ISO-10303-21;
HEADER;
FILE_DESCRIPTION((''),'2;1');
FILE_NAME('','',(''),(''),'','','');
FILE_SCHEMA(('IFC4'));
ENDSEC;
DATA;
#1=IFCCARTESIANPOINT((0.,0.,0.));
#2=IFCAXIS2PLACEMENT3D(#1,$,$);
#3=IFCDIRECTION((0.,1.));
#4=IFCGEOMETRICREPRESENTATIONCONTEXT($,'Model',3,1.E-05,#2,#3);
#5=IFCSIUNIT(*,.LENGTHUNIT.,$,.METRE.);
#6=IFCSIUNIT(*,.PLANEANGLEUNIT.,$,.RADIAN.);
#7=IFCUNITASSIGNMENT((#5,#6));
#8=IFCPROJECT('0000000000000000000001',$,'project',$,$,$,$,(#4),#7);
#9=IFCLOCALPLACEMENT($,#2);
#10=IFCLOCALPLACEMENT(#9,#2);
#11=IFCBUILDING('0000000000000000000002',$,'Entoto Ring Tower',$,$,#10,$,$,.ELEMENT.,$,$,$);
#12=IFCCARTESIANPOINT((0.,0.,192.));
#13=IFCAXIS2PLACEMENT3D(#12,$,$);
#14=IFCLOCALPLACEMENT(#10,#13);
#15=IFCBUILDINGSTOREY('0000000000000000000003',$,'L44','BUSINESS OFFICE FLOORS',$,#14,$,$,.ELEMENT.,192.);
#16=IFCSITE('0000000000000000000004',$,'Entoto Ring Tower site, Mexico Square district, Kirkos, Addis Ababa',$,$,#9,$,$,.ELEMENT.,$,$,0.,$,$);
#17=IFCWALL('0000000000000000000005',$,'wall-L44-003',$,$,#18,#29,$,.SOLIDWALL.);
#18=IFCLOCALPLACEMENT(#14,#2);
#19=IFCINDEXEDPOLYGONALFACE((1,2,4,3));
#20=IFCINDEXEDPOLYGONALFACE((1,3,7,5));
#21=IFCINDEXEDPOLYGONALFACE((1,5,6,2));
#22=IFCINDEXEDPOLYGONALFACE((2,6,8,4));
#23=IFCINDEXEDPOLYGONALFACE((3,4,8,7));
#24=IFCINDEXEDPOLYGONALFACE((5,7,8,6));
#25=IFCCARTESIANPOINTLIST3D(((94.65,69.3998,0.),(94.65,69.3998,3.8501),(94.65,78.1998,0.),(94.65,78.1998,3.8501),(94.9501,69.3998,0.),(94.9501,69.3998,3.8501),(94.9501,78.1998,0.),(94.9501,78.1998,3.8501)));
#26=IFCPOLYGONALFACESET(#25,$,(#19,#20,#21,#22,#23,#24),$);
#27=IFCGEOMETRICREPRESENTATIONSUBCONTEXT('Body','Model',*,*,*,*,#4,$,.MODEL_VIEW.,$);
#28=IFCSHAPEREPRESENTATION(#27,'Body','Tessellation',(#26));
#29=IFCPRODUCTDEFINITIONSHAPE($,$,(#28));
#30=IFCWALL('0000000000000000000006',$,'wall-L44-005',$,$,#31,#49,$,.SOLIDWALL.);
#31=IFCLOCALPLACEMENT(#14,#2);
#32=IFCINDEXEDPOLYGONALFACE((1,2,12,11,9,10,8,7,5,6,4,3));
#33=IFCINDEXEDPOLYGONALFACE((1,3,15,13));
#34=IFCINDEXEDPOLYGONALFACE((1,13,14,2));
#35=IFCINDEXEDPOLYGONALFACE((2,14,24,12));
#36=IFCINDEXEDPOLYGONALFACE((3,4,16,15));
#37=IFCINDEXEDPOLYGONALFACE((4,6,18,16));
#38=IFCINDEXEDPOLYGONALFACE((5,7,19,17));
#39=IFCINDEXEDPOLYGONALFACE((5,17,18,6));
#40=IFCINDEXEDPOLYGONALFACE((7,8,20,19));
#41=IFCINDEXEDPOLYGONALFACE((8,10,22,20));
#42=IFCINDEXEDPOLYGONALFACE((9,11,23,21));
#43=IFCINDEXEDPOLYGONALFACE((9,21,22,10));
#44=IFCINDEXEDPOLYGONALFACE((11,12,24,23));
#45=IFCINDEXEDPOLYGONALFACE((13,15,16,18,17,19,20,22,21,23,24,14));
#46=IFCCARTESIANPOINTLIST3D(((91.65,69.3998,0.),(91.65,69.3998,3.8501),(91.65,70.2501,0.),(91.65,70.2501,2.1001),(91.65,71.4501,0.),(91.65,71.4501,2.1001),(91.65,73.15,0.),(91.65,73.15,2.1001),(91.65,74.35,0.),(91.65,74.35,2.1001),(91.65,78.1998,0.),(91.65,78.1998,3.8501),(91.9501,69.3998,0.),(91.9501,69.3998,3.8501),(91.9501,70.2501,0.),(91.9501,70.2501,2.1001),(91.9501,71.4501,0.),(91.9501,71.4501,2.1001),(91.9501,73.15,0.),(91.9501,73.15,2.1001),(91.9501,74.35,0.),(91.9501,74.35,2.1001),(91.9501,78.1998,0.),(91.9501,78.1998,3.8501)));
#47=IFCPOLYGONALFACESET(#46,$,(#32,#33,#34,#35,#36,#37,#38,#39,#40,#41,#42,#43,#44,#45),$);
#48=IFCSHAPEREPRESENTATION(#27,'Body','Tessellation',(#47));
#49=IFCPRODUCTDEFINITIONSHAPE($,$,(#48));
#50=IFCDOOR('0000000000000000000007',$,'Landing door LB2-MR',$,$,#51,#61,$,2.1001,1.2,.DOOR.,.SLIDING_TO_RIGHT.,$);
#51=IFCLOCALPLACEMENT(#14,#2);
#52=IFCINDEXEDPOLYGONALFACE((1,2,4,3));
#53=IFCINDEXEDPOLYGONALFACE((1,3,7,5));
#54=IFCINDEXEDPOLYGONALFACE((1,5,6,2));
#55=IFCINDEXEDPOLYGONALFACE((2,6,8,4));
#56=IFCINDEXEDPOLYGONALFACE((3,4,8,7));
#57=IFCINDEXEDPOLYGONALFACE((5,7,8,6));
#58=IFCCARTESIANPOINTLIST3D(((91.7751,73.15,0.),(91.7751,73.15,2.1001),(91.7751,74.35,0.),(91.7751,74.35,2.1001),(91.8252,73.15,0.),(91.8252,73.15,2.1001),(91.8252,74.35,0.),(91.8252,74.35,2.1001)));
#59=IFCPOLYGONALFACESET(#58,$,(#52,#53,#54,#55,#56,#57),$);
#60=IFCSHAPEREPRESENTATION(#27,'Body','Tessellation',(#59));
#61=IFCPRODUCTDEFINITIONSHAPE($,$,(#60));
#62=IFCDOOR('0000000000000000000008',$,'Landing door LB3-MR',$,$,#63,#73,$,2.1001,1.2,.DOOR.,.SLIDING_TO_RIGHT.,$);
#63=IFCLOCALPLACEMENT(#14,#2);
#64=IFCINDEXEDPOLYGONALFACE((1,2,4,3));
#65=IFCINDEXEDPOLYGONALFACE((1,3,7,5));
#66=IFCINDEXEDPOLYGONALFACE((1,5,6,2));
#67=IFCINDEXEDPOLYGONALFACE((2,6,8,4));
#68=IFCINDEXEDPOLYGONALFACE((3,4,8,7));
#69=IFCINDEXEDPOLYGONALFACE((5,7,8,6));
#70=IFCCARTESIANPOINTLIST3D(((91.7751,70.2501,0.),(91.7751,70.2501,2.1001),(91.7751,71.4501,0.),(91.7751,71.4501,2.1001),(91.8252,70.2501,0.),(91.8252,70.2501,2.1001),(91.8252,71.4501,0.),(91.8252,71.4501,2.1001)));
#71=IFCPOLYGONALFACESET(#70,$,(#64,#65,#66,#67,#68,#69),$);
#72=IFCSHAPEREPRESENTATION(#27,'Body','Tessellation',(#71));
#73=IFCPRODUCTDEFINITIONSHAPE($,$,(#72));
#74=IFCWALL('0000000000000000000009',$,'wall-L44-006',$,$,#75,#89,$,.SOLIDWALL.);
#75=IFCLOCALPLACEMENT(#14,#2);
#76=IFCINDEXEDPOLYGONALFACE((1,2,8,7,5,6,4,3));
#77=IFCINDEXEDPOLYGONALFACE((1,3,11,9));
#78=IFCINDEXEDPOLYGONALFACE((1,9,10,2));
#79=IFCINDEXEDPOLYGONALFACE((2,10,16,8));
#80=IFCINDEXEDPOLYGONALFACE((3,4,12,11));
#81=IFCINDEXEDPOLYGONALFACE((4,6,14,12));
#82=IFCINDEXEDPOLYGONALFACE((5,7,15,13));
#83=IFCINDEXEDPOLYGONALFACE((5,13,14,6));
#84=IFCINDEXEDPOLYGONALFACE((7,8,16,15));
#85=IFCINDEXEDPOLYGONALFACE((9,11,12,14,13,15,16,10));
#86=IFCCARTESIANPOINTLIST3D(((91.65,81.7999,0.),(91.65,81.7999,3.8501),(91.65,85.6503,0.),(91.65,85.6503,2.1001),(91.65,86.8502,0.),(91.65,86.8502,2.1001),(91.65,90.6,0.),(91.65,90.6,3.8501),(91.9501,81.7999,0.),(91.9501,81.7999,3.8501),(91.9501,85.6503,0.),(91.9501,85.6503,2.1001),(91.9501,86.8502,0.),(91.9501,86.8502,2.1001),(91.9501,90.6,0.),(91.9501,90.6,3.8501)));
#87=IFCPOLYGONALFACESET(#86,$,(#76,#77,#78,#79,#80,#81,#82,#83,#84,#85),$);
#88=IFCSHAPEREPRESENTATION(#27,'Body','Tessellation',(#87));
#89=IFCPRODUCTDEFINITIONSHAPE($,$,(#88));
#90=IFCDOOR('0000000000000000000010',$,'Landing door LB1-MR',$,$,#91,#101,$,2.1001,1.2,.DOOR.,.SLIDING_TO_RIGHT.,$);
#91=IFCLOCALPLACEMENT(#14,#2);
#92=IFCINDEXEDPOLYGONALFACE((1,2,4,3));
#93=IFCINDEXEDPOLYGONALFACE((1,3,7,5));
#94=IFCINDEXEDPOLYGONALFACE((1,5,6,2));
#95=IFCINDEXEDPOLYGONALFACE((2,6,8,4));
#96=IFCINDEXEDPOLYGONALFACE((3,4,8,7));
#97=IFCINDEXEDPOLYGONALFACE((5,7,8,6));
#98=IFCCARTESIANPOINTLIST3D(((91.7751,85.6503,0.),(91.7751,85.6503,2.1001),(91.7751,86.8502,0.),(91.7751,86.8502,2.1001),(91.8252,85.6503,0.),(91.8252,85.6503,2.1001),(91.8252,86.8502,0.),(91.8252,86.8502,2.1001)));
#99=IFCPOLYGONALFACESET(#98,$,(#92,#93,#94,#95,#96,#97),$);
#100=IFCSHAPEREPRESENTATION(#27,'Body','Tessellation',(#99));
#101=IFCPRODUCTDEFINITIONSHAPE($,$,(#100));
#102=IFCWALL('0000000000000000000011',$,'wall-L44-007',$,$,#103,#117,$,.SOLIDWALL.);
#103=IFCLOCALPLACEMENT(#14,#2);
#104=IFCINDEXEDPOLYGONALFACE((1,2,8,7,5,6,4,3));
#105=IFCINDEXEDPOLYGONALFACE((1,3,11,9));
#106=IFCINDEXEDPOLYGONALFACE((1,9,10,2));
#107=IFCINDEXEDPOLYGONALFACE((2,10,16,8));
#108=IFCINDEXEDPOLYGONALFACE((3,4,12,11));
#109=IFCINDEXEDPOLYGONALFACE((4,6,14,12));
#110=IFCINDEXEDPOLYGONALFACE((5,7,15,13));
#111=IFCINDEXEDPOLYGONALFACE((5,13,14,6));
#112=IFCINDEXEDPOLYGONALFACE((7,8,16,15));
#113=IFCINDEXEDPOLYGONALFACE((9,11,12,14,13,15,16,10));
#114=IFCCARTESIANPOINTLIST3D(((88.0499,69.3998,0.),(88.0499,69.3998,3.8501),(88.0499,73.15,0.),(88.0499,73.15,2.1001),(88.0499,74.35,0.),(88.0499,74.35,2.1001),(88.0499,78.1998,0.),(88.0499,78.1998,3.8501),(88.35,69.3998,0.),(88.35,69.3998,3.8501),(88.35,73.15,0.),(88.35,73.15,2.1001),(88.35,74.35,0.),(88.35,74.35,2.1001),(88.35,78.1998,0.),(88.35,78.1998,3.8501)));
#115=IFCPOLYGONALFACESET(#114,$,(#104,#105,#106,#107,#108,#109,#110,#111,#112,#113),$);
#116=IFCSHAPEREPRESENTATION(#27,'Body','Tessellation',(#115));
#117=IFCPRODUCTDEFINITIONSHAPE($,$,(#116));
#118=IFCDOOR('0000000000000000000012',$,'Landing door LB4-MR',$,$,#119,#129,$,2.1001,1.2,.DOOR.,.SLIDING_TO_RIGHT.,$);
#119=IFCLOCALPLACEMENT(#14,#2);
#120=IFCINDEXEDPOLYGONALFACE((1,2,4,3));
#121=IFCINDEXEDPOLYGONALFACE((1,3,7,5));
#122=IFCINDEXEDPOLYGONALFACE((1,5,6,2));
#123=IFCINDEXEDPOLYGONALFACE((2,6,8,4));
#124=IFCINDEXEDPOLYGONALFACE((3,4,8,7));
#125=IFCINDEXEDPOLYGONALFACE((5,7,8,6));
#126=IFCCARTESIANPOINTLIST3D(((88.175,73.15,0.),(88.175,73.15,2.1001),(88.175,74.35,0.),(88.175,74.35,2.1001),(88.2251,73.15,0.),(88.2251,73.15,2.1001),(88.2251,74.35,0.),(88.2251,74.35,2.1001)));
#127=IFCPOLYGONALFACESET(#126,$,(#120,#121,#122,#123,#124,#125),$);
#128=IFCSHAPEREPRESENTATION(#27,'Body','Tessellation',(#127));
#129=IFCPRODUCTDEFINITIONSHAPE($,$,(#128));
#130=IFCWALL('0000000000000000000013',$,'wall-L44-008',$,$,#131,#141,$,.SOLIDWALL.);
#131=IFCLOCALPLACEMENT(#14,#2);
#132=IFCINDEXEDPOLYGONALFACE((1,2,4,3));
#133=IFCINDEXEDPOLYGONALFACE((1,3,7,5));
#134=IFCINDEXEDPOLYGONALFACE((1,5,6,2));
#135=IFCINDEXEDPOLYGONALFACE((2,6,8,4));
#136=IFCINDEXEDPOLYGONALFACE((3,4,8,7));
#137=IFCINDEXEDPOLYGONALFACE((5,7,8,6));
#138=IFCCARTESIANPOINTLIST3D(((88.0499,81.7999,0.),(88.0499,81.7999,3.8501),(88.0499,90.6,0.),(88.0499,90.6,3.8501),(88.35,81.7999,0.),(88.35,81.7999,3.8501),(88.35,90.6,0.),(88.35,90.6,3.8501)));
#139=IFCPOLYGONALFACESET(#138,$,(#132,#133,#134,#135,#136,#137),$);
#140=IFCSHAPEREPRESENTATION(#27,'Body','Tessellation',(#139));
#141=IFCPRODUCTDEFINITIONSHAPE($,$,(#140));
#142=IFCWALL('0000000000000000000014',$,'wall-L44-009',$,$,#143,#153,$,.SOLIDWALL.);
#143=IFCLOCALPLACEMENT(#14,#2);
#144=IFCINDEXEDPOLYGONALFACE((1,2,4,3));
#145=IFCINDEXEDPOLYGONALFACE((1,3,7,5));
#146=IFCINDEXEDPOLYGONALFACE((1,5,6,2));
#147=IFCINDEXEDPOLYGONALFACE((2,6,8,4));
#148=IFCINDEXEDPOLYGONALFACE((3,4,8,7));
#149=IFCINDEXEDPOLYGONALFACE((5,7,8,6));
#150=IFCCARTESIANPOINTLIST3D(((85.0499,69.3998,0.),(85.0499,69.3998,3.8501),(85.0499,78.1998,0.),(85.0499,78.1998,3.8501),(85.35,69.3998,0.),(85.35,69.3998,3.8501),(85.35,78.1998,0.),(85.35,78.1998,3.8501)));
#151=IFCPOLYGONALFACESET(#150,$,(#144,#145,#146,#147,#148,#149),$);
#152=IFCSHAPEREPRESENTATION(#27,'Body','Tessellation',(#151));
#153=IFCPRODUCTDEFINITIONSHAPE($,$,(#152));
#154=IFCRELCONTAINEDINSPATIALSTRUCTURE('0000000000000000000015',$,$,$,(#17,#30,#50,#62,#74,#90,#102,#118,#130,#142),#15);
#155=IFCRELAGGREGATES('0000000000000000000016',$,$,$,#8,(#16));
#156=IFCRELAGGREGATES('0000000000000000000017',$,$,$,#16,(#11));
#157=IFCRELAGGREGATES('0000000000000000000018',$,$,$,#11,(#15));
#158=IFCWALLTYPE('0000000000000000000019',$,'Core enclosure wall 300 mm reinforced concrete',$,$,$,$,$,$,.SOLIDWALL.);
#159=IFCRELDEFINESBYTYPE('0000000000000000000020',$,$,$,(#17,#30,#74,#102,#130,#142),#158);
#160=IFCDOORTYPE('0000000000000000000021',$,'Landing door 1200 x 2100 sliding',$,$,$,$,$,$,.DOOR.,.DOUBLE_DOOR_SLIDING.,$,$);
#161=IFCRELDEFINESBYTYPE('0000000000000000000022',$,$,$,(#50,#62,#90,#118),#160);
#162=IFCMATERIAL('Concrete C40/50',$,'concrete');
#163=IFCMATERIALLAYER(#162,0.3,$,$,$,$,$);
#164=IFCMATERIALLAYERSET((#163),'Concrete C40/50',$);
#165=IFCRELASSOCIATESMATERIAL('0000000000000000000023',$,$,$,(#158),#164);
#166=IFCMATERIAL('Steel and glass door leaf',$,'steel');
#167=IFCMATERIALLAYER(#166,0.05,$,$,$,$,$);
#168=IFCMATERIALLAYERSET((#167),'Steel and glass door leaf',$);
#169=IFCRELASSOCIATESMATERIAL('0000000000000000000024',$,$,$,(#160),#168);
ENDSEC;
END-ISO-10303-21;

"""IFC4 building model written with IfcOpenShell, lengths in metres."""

from ifc_helpers import new_model, si_unit, direction, frame, frame_2d, origin, place, context, subcontext, project, spatial, rectangle, extrude, material, layer, layer_set, type_object, element, fill, save


model = new_model("IFC4")

# Units and contexts
model_context = context("Model", 3, precision=1e-05, world=origin(), true_north=direction((0.0, 1.0)))
body_context = subcontext(model_context, "Body", "Model", "MODEL_VIEW")
ifc_project = project(units=[si_unit("LENGTHUNIT", "METRE"), si_unit("PLANEANGLEUNIT", "RADIAN")], contexts=[model_context])

# Site, building, storey
site_placement = place(None, origin())
site = spatial("IfcSite", under=ifc_project, at=site_placement, Name="Entoto Ring Tower site, Mexico Square district, Kirkos, Addis Ababa", CompositionType="ELEMENT", RefElevation=0.0)
building_placement = place(site_placement, origin())
building = spatial("IfcBuilding", under=site, at=building_placement, Name="Entoto Ring Tower", CompositionType="ELEMENT")
storey_placement = place(building_placement, frame((0.0, 0.0, 192.0)))
storey = spatial("IfcBuildingStorey", under=building, at=storey_placement, Name="L44", Description="BUSINESS OFFICE FLOORS", CompositionType="ELEMENT", Elevation=192.0)

# Wall
ifc_material_1 = material(Name="Concrete C40/50", Category="concrete")
ifc_layer_1 = layer(ifc_material_1, 0.3)
ifc_layer_set_1 = layer_set([ifc_layer_1], Name="Concrete C40/50")
wall_type_1 = type_object("IfcWallType", Name="Core enclosure wall 300 mm reinforced concrete", PredefinedType="SOLIDWALL", material=ifc_layer_set_1)
wall_1_placement = place(storey_placement, frame((94.8, 69.3999, 0.0), z_axis=(0.0, 0.0, 1.0), x_axis=(0.0, 1.0, 0.0)))
element("IfcWall", 1, at=wall_1_placement, inside=storey, type_object=wall_type_1, Name="wall-L44-003", PredefinedType="SOLIDWALL", context=body_context, shape_type="SweptSolid", body=[
    extrude(rectangle(XDim=8.8, YDim=0.3, at=frame_2d((4.3999, 0.0))), origin(), (0.0, 0.0, 1.0), 3.8501),
])

# Wall, openings, doors
wall_2_placement = place(storey_placement, frame((91.8, 69.3999, 0.0), z_axis=(0.0, 0.0, 1.0), x_axis=(0.0, 1.0, 0.0)))
wall_2 = element("IfcWall", 2, at=wall_2_placement, inside=storey, type_object=wall_type_1, Name="wall-L44-005", PredefinedType="SOLIDWALL", context=body_context, shape_type="SweptSolid", body=[
    extrude(rectangle(XDim=8.8, YDim=0.3, at=frame_2d((4.3999, 0.0))), origin(), (0.0, 0.0, 1.0), 3.8501),
])
opening_1_placement = place(wall_2_placement, frame((3.75, 0.0, 0.0)))
opening_1 = element("IfcOpeningElement", 3, at=opening_1_placement, cuts=wall_2, PredefinedType="OPENING", context=body_context, shape_type="SweptSolid", body=[
    extrude(rectangle(XDim=1.2, YDim=2.1001, at=frame_2d((0.6001, 1.05))), frame((0.0, 0.1602, 0.0), z_axis=(0.0, -1.0, 0.0), x_axis=(1.0, 0.0, 0.0)), (0.0, 0.0, 1.0), 0.3201),
])
opening_2_placement = place(wall_2_placement, frame((0.8501, 0.0, 0.0)))
opening_2 = element("IfcOpeningElement", 4, at=opening_2_placement, cuts=wall_2, PredefinedType="OPENING", context=body_context, shape_type="SweptSolid", body=[
    extrude(rectangle(XDim=1.2, YDim=2.1001, at=frame_2d((0.6001, 1.05))), frame((0.0, 0.1602, 0.0), z_axis=(0.0, -1.0, 0.0), x_axis=(1.0, 0.0, 0.0)), (0.0, 0.0, 1.0), 0.3201),
])
ifc_material_2 = material(Name="Steel and glass door leaf", Category="steel")
ifc_layer_2 = layer(ifc_material_2, 0.05)
ifc_layer_set_2 = layer_set([ifc_layer_2], Name="Steel and glass door leaf")
door_type_1 = type_object("IfcDoorType", Name="Landing door 1200 x 2100 sliding", OperationType="DOUBLE_DOOR_SLIDING", PredefinedType="DOOR", material=ifc_layer_set_2)
door_1_placement = place(opening_1_placement, origin())
door_1 = element("IfcDoor", 5, at=door_1_placement, inside=storey, type_object=door_type_1, Name="Landing door LB2-MR", OperationType="SLIDING_TO_RIGHT", OverallHeight=2.1001, OverallWidth=1.2, PredefinedType="DOOR", context=body_context, shape_type="SweptSolid", body=[
    extrude(rectangle(XDim=1.2, YDim=2.1001, at=frame_2d((0.6001, 1.05))), frame((0.0, 0.0249, 0.0), z_axis=(0.0, -1.0, 0.0), x_axis=(1.0, 0.0, 0.0)), (0.0, 0.0, 1.0), 0.05),
])
fill(opening_1, door_1)
door_2_placement = place(opening_2_placement, origin())
door_2 = element("IfcDoor", 6, at=door_2_placement, inside=storey, type_object=door_type_1, Name="Landing door LB3-MR", OperationType="SLIDING_TO_RIGHT", OverallHeight=2.1001, OverallWidth=1.2, PredefinedType="DOOR", context=body_context, shape_type="SweptSolid", body=[
    extrude(rectangle(XDim=1.2, YDim=2.1001, at=frame_2d((0.6001, 1.05))), frame((0.0, 0.0249, 0.0), z_axis=(0.0, -1.0, 0.0), x_axis=(1.0, 0.0, 0.0)), (0.0, 0.0, 1.0), 0.05),
])
fill(opening_2, door_2)

# Walls, openings, doors
wall_3_placement = place(storey_placement, frame((91.8, 81.8, 0.0), z_axis=(0.0, 0.0, 1.0), x_axis=(0.0, 1.0, 0.0)))
wall_3 = element("IfcWall", 7, at=wall_3_placement, inside=storey, type_object=wall_type_1, Name="wall-L44-006", PredefinedType="SOLIDWALL", context=body_context, shape_type="SweptSolid", body=[
    extrude(rectangle(XDim=8.8, YDim=0.3, at=frame_2d((4.3999, 0.0))), origin(), (0.0, 0.0, 1.0), 3.8501),
])
opening_3_placement = place(wall_3_placement, frame((3.8501, 0.0, 0.0)))
opening_3 = element("IfcOpeningElement", 8, at=opening_3_placement, cuts=wall_3, PredefinedType="OPENING", context=body_context, shape_type="SweptSolid", body=[
    extrude(rectangle(XDim=1.2, YDim=2.1001, at=frame_2d((0.6001, 1.05))), frame((0.0, 0.1602, 0.0), z_axis=(0.0, -1.0, 0.0), x_axis=(1.0, 0.0, 0.0)), (0.0, 0.0, 1.0), 0.3201),
])
door_3_placement = place(opening_3_placement, origin())
door_3 = element("IfcDoor", 9, at=door_3_placement, inside=storey, type_object=door_type_1, Name="Landing door LB1-MR", OperationType="SLIDING_TO_RIGHT", OverallHeight=2.1001, OverallWidth=1.2, PredefinedType="DOOR", context=body_context, shape_type="SweptSolid", body=[
    extrude(rectangle(XDim=1.2, YDim=2.1001, at=frame_2d((0.6001, 1.05))), frame((0.0, 0.0249, 0.0), z_axis=(0.0, -1.0, 0.0), x_axis=(1.0, 0.0, 0.0)), (0.0, 0.0, 1.0), 0.05),
])
fill(opening_3, door_3)
wall_4_placement = place(storey_placement, frame((88.2, 69.3999, 0.0), z_axis=(0.0, 0.0, 1.0), x_axis=(0.0, 1.0, 0.0)))
wall_4 = element("IfcWall", 10, at=wall_4_placement, inside=storey, type_object=wall_type_1, Name="wall-L44-007", PredefinedType="SOLIDWALL", context=body_context, shape_type="SweptSolid", body=[
    extrude(rectangle(XDim=8.8, YDim=0.3, at=frame_2d((4.3999, 0.0))), origin(), (0.0, 0.0, 1.0), 3.8501),
])
opening_4_placement = place(wall_4_placement, frame((3.75, 0.0, 0.0)))
opening_4 = element("IfcOpeningElement", 11, at=opening_4_placement, cuts=wall_4, PredefinedType="OPENING", context=body_context, shape_type="SweptSolid", body=[
    extrude(rectangle(XDim=1.2, YDim=2.1001, at=frame_2d((0.6001, 1.05))), frame((0.0, 0.1602, 0.0), z_axis=(0.0, -1.0, 0.0), x_axis=(1.0, 0.0, 0.0)), (0.0, 0.0, 1.0), 0.3201),
])
door_4_placement = place(opening_4_placement, origin())
door_4 = element("IfcDoor", 12, at=door_4_placement, inside=storey, type_object=door_type_1, Name="Landing door LB4-MR", OperationType="SLIDING_TO_RIGHT", OverallHeight=2.1001, OverallWidth=1.2, PredefinedType="DOOR", context=body_context, shape_type="SweptSolid", body=[
    extrude(rectangle(XDim=1.2, YDim=2.1001, at=frame_2d((0.6001, 1.05))), frame((0.0, 0.0249, 0.0), z_axis=(0.0, -1.0, 0.0), x_axis=(1.0, 0.0, 0.0)), (0.0, 0.0, 1.0), 0.05),
])
fill(opening_4, door_4)

# Walls
for number, where, z_axis, x_axis, name in (
    (13, (88.2, 81.8, 0.0), (0.0, 0.0, 1.0), (0.0, 1.0, 0.0), "wall-L44-008"),
    (14, (85.2, 69.3999, 0.0), (0.0, 0.0, 1.0), (0.0, 1.0, 0.0), "wall-L44-009"),
):
    element("IfcWall", number, at=place(storey_placement, frame(where, z_axis=z_axis, x_axis=x_axis)), inside=storey, type_object=wall_type_1, Name=name, PredefinedType="SOLIDWALL", context=body_context, shape_type="SweptSolid", body=[
        extrude(rectangle(XDim=8.8, YDim=0.3, at=frame_2d((4.3999, 0.0))), origin(), (0.0, 0.0, 1.0), 3.8501),
    ])

save(model, "model.ifc")
